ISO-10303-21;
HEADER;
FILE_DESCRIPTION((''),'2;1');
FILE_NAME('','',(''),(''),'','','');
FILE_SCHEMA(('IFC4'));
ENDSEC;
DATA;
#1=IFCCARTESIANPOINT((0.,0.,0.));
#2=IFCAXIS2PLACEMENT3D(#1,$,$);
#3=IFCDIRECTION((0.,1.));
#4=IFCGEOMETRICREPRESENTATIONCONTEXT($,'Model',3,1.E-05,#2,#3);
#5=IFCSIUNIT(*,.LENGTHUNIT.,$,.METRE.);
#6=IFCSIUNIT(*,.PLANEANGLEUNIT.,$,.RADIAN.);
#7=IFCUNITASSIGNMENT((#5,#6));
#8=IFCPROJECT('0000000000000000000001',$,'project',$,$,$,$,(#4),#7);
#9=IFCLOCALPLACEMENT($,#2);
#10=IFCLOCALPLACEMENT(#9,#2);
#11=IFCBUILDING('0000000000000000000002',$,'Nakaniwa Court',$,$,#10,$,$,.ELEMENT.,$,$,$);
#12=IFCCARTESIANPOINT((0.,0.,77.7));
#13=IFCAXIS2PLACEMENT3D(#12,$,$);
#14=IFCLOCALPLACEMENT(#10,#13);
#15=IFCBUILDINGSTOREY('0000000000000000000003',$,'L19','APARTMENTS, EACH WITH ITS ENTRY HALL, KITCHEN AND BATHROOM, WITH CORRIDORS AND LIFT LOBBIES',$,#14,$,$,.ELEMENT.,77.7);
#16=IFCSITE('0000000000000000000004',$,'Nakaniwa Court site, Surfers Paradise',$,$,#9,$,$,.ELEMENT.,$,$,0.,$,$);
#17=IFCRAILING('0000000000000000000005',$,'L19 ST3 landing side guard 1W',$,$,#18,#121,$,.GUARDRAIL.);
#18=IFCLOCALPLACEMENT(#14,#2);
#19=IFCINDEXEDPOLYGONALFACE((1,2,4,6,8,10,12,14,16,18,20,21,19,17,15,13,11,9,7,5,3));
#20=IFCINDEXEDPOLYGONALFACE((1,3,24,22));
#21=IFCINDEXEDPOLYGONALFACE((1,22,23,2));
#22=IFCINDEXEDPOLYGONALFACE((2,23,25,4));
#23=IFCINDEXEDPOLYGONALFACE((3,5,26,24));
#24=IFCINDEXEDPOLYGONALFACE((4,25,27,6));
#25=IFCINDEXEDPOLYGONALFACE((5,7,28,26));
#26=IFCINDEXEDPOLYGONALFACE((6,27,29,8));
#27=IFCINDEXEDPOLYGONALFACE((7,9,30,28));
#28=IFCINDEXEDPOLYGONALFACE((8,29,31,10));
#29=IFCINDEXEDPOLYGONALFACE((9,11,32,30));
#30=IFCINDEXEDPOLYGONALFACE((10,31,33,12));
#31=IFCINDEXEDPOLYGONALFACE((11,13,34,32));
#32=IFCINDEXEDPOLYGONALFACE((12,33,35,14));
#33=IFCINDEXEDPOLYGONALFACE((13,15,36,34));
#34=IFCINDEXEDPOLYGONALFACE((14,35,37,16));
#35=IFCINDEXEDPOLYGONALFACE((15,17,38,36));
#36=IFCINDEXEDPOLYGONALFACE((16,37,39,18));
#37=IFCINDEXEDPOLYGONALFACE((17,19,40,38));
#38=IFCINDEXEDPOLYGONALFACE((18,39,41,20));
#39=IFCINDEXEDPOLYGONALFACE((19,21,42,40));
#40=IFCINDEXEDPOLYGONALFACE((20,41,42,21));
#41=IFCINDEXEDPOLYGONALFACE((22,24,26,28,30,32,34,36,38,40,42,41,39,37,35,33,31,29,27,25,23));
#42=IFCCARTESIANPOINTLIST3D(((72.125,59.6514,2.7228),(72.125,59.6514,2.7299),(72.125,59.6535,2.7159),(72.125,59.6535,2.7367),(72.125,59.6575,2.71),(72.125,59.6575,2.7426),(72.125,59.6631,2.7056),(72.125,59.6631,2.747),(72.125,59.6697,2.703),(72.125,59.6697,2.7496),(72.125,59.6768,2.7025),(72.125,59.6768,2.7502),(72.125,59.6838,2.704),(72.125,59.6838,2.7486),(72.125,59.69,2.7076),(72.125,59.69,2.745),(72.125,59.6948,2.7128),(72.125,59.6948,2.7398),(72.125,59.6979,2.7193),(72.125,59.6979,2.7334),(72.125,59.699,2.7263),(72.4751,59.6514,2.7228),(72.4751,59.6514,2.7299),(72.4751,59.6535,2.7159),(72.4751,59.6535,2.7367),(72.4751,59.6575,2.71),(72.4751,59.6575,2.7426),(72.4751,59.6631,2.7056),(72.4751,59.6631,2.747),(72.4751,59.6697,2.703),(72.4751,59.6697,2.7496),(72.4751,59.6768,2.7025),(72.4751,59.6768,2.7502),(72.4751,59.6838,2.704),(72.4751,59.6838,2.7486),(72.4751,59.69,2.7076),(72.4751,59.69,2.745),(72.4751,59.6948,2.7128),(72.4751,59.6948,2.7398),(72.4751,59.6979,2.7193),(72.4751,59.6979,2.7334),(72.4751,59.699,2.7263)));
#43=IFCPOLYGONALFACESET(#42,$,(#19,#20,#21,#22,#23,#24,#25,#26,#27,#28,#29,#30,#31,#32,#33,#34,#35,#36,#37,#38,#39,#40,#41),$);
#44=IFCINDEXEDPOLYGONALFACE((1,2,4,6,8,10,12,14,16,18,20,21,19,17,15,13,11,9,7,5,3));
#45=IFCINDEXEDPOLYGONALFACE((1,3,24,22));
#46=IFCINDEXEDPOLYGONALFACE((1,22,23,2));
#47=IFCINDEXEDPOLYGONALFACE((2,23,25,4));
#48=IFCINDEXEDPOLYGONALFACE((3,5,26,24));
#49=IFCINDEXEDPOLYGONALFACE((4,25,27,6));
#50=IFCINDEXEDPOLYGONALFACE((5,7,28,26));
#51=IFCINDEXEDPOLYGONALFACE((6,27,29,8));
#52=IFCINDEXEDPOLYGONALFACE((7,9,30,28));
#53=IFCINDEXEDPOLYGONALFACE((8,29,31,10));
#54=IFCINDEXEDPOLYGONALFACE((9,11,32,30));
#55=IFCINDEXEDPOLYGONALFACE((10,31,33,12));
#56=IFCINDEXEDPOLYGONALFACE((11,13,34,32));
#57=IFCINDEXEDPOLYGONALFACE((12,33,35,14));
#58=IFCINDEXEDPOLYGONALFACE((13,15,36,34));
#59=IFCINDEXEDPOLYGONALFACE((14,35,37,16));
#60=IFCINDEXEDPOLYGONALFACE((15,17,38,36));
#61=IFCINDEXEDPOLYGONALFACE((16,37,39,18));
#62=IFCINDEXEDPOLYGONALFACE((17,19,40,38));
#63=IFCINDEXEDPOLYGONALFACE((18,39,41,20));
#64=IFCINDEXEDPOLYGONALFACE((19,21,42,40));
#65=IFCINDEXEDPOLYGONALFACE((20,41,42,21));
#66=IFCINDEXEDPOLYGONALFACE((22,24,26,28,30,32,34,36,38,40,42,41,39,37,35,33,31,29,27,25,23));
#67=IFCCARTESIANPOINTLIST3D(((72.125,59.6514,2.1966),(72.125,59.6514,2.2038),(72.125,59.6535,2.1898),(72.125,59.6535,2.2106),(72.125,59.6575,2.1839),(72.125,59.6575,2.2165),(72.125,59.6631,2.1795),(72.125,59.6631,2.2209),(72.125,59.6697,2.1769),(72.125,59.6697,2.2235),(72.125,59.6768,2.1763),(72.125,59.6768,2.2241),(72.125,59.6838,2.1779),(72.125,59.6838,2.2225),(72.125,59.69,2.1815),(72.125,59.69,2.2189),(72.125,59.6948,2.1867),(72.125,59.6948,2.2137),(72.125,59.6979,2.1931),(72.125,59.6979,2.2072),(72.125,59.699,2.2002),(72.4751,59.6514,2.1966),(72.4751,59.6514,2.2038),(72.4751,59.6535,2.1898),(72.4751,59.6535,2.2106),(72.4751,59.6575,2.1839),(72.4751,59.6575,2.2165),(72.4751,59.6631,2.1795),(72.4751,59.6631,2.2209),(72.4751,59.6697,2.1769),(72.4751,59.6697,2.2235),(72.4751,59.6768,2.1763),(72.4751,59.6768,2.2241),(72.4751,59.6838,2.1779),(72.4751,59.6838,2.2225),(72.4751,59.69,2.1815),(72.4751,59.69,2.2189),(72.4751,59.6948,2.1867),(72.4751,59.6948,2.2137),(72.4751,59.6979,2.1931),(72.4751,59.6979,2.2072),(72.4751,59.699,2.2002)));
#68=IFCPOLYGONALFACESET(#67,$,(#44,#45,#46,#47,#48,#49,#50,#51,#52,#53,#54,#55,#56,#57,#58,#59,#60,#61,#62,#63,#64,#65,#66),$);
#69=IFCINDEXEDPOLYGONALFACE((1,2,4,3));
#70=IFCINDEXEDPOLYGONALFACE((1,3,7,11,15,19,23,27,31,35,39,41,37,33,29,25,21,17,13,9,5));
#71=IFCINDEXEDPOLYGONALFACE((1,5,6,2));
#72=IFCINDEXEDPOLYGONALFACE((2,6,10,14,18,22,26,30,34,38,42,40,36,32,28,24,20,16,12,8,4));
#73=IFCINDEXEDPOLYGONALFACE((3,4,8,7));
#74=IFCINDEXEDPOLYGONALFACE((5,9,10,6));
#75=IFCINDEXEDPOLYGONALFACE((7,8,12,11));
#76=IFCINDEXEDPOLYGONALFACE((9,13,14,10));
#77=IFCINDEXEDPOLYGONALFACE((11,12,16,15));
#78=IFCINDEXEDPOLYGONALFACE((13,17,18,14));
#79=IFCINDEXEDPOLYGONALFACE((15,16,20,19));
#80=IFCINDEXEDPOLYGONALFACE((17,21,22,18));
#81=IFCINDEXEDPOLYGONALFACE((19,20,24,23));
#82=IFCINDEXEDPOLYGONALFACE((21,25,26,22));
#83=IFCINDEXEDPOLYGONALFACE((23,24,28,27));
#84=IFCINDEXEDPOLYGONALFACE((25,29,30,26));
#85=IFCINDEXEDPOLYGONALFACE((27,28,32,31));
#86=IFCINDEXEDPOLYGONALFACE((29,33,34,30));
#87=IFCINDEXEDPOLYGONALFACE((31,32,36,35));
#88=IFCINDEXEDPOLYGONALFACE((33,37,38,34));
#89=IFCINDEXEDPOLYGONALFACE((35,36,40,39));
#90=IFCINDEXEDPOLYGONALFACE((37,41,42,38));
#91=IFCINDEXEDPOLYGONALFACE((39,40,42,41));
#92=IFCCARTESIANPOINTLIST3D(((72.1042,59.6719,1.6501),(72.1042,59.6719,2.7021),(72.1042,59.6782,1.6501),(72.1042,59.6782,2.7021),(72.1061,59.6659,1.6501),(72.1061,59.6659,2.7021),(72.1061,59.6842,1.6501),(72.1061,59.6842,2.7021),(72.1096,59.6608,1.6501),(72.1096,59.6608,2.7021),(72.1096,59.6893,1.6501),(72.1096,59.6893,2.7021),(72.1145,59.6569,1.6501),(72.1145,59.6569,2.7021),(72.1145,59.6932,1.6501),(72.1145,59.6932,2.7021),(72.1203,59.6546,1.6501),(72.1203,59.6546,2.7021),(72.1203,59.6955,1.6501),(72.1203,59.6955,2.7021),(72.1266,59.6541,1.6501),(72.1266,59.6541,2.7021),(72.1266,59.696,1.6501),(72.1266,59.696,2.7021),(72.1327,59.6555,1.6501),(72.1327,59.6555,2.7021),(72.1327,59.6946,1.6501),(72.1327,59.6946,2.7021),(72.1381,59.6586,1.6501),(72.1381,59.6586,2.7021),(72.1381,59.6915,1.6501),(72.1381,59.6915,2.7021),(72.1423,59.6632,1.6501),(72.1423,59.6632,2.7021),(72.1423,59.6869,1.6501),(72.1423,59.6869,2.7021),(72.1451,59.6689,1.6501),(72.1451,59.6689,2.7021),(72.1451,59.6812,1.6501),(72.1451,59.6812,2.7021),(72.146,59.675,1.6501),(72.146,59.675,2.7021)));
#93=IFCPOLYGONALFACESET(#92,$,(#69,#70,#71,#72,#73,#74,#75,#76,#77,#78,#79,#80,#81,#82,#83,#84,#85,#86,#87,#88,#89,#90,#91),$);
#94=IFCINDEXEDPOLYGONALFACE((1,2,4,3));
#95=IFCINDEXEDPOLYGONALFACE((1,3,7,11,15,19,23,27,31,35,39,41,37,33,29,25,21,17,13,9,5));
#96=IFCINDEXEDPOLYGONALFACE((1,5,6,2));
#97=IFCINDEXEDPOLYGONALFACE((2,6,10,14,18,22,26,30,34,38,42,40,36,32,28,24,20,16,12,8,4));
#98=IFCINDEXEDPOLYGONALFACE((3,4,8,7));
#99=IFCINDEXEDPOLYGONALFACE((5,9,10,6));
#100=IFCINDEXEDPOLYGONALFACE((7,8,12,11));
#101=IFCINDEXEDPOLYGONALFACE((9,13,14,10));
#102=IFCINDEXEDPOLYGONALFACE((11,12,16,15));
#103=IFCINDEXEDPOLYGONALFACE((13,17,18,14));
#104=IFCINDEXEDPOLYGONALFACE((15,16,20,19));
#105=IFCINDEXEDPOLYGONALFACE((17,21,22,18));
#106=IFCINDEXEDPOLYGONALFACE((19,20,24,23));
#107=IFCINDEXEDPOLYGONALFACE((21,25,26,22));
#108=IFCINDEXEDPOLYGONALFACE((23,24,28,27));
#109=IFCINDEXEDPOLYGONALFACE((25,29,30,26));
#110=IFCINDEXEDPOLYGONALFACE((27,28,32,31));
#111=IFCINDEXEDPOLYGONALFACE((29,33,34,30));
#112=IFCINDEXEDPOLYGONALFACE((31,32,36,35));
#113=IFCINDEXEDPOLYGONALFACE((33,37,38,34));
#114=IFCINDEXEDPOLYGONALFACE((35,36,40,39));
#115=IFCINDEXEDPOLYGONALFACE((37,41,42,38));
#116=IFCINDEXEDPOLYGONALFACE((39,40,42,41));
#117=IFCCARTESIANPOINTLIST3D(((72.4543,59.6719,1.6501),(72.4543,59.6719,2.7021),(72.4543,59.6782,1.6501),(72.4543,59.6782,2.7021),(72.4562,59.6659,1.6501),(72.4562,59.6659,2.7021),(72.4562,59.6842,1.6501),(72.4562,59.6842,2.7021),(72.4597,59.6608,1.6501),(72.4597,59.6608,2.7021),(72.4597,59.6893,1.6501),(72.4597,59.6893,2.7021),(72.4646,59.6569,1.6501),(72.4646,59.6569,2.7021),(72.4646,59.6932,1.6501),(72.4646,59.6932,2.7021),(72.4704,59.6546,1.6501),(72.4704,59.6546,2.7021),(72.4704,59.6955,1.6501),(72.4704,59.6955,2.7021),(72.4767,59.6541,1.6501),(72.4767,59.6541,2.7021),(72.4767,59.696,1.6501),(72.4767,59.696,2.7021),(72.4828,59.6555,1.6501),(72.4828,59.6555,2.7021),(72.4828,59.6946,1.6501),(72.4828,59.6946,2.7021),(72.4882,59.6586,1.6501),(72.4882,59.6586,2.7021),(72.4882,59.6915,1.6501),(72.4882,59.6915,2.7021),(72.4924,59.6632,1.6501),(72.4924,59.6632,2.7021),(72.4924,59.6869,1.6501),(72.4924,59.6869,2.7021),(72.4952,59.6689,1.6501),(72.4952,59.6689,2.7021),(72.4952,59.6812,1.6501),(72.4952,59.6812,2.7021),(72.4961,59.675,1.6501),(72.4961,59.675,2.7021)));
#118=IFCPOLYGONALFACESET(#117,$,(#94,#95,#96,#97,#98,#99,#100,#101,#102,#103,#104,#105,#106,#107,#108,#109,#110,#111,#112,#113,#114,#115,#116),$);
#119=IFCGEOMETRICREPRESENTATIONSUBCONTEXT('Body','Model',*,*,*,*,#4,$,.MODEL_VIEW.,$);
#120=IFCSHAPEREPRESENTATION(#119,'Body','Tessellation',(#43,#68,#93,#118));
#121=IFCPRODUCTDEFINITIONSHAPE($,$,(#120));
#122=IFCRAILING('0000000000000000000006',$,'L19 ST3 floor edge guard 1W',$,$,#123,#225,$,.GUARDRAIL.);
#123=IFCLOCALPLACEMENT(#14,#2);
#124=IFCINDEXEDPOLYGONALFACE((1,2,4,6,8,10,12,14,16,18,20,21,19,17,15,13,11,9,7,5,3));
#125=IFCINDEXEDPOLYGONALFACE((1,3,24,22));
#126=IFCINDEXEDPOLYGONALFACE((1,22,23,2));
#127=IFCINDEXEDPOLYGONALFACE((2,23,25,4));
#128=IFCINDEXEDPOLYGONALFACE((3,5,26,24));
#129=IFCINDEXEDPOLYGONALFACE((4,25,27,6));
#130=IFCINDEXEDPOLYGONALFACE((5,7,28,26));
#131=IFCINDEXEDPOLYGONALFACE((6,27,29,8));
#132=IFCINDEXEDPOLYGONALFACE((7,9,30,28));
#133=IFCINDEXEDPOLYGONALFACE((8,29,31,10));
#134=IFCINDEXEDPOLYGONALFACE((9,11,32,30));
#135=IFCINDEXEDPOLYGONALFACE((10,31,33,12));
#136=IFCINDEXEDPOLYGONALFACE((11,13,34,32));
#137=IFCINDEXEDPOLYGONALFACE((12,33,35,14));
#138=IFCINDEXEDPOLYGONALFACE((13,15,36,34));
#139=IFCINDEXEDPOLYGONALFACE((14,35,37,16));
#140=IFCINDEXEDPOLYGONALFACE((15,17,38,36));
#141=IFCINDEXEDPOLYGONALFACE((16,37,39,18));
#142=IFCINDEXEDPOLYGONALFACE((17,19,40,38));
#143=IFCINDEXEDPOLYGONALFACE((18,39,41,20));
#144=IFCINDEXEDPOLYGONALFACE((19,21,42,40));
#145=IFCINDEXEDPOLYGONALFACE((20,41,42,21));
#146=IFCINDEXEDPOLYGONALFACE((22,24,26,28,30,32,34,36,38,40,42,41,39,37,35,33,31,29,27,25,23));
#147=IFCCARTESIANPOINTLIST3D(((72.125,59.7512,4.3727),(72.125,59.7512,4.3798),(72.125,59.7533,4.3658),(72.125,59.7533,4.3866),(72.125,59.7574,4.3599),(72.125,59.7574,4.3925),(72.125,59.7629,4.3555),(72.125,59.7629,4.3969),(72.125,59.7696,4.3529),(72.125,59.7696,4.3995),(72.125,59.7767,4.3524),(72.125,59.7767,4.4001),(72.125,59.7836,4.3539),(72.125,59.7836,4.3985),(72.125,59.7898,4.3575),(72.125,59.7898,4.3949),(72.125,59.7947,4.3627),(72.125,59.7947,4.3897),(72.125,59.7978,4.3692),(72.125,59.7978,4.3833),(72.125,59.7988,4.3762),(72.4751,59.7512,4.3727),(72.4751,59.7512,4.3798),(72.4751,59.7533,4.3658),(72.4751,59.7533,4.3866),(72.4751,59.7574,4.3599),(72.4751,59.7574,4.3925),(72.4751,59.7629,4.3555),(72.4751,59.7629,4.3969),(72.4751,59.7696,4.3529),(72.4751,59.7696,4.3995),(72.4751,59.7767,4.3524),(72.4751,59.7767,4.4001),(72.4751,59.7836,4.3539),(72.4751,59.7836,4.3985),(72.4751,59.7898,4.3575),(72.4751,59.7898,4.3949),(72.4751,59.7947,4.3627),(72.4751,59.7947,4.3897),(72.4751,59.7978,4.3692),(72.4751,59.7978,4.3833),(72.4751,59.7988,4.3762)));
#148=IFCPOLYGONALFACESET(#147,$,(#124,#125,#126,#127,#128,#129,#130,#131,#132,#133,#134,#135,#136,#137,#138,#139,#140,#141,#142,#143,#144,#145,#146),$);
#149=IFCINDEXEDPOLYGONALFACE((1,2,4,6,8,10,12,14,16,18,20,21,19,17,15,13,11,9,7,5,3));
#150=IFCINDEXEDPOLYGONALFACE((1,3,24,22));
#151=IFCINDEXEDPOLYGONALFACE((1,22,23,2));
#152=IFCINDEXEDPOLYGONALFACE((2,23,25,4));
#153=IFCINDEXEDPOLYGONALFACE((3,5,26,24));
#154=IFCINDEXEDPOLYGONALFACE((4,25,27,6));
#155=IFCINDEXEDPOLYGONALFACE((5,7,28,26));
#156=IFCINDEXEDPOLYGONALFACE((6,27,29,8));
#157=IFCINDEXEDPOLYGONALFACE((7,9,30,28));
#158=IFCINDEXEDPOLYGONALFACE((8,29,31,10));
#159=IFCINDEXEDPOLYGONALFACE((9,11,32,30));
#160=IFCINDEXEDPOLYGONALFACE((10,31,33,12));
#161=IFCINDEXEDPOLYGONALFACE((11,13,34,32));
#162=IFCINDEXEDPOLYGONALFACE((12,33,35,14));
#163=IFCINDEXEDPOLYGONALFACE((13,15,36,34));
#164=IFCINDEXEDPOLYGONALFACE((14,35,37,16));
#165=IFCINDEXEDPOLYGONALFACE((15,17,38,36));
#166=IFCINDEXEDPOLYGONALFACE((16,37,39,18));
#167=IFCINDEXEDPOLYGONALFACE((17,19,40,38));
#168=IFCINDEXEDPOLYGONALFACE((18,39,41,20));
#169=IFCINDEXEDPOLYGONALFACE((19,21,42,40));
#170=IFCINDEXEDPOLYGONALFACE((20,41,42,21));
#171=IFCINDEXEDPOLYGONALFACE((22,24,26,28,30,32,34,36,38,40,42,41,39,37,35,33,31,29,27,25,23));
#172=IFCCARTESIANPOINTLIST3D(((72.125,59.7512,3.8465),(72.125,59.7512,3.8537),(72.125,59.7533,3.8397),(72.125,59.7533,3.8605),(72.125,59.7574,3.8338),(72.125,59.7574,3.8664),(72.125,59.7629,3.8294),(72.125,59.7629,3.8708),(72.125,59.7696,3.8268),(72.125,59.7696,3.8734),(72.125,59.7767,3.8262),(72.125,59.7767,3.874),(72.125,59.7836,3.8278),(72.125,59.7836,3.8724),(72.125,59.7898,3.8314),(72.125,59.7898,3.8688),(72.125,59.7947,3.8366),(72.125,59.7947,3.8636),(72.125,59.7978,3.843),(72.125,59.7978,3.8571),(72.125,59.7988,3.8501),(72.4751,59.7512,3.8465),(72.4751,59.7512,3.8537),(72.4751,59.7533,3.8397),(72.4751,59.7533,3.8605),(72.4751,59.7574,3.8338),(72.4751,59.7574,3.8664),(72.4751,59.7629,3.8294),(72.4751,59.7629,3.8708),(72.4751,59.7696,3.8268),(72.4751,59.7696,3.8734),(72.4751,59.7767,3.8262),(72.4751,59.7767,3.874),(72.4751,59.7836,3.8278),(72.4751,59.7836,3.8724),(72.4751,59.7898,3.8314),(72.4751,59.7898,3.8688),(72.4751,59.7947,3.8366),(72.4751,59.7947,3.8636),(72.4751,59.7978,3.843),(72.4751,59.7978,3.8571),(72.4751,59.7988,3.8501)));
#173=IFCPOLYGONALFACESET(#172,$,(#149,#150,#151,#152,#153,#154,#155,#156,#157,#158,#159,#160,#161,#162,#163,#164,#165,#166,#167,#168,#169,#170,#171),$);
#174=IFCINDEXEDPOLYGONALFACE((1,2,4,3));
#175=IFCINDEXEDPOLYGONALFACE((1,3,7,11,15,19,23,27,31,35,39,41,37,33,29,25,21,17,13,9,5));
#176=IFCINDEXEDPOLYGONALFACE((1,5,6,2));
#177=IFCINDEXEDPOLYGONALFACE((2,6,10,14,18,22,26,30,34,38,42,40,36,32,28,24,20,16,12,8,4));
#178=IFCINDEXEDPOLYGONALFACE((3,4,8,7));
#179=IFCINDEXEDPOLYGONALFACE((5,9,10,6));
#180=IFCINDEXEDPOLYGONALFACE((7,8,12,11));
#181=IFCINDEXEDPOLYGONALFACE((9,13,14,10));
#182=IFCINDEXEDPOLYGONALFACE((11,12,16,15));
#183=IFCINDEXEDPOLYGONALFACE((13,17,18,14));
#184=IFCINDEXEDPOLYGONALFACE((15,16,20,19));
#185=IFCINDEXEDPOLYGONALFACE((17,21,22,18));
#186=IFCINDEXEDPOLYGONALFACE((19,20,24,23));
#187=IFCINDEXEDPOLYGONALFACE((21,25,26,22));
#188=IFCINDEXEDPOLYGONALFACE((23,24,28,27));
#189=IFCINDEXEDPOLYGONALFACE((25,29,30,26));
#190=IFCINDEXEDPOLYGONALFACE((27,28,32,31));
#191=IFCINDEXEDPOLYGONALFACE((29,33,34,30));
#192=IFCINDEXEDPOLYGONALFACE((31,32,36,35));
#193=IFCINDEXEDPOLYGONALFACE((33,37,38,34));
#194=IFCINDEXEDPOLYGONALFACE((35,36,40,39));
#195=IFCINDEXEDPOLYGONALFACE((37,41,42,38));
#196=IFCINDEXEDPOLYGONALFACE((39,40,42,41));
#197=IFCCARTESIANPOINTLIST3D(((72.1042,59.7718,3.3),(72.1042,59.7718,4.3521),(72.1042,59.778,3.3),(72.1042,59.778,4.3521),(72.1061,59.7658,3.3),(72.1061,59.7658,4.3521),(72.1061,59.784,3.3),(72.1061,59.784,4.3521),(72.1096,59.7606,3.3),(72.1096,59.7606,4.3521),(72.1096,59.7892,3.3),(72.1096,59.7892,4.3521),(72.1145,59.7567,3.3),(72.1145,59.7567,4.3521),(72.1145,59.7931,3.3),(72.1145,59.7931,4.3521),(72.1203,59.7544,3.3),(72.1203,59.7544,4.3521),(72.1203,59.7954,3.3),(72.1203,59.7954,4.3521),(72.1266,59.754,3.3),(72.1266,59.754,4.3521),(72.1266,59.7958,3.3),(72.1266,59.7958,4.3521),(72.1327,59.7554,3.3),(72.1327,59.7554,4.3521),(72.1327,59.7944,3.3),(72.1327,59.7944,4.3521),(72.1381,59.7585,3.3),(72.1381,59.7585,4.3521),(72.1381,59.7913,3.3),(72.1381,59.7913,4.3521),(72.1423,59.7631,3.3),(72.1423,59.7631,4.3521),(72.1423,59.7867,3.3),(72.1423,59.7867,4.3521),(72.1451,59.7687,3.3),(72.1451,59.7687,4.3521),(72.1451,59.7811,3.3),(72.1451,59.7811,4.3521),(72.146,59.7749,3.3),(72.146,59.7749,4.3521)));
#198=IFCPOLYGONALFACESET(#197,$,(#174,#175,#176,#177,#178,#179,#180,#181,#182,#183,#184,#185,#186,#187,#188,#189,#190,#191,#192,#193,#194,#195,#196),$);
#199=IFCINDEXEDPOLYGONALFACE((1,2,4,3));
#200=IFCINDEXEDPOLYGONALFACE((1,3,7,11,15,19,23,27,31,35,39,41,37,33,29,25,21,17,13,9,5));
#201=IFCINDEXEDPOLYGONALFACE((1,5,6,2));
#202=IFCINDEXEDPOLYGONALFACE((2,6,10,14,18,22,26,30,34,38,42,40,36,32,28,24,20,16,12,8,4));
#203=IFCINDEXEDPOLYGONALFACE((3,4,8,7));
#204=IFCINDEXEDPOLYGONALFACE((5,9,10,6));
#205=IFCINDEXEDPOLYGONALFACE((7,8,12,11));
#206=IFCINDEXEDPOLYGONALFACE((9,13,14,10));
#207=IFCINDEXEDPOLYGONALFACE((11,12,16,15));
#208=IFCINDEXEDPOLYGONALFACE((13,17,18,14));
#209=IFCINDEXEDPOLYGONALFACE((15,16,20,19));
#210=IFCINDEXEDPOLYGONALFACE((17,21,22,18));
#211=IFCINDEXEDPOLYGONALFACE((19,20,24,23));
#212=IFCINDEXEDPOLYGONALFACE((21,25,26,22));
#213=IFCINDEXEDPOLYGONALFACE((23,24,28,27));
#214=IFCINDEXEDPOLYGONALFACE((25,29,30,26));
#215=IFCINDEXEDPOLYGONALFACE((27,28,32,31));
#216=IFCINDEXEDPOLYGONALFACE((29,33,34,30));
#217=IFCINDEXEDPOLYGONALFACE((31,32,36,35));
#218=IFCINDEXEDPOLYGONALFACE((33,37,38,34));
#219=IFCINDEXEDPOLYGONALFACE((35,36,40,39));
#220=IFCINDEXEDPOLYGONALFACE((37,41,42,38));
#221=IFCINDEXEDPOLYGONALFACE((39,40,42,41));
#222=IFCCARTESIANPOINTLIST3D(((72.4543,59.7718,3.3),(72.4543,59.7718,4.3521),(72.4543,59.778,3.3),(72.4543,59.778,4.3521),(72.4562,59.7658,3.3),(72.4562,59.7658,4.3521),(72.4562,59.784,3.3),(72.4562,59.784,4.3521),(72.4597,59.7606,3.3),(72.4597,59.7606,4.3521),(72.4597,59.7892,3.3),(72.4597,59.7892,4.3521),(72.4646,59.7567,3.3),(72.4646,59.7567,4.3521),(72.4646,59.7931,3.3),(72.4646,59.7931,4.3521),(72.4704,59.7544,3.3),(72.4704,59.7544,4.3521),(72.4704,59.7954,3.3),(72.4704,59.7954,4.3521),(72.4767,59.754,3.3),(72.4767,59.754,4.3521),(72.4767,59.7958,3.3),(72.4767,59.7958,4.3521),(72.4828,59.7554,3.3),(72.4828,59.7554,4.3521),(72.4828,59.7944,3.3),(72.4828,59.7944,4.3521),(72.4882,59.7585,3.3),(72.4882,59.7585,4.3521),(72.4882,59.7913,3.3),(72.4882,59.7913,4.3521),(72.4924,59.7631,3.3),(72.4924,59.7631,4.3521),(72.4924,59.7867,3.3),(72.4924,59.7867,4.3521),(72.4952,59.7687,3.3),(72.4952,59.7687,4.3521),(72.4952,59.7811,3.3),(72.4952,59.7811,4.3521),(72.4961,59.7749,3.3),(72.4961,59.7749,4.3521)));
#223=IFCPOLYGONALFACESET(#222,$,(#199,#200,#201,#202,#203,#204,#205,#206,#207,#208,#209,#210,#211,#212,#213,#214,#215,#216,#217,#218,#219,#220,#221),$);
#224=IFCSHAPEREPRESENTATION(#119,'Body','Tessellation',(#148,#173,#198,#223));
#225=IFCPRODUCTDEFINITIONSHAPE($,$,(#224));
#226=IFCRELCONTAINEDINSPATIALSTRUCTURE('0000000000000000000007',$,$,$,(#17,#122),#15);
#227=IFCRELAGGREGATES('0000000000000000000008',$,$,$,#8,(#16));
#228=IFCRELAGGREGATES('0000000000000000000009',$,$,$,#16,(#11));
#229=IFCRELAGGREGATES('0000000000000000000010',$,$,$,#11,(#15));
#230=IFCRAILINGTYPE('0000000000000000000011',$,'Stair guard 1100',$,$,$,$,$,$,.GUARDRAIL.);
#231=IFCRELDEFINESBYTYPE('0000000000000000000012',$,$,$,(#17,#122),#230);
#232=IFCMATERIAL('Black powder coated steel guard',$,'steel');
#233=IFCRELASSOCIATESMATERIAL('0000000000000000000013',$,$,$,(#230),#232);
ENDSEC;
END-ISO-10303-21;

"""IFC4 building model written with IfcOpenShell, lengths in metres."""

from ifc_helpers import new_model, si_unit, direction, frame, origin, origin_2d, place, context, subcontext, project, spatial, circle, extrude, material, type_object, element, save


model = new_model("IFC4")

# Units and contexts
model_context = context("Model", 3, precision=1e-05, world=origin(), true_north=direction((0.0, 1.0)))
body_context = subcontext(model_context, "Body", "Model", "MODEL_VIEW")
ifc_project = project(units=[si_unit("LENGTHUNIT", "METRE"), si_unit("PLANEANGLEUNIT", "RADIAN")], contexts=[model_context])

# Site, building, storey
site_placement = place(None, origin())
site = spatial("IfcSite", under=ifc_project, at=site_placement, Name="Nakaniwa Court site, Surfers Paradise", CompositionType="ELEMENT", RefElevation=0.0)
building_placement = place(site_placement, origin())
building = spatial("IfcBuilding", under=site, at=building_placement, Name="Nakaniwa Court", CompositionType="ELEMENT")
storey_placement = place(building_placement, frame((0.0, 0.0, 77.7)))
storey = spatial("IfcBuildingStorey", under=building, at=storey_placement, Name="L19", Description="APARTMENTS, EACH WITH ITS ENTRY HALL, KITCHEN AND BATHROOM, WITH CORRIDORS AND LIFT LOBBIES", CompositionType="ELEMENT", Elevation=77.7)

# Railings
ifc_material_1 = material(Name="Black powder coated steel guard", Category="steel")
railing_type_1 = type_object("IfcRailingType", Name="Stair guard 1100", PredefinedType="GUARDRAIL", material=ifc_material_1)
for number, where, name in (
    (1, (72.125, 59.675, 1.6501), "L19 ST3 landing side guard 1W"),
    (2, (72.125, 59.7749, 3.3), "L19 ST3 floor edge guard 1W"),
):
    element("IfcRailing", number, at=place(storey_placement, frame(where)), inside=storey, type_object=railing_type_1, Name=name, PredefinedType="GUARDRAIL", context=body_context, shape_type="SweptSolid", body=[
        extrude(circle(Radius=0.0239, at=origin_2d()), frame((0.0, 0.0, 1.0762), z_axis=(1.0, 0.0, 0.0), x_axis=(0.0, 1.0, 0.0)), (0.0, 0.0, 1.0), 0.3501),
        extrude(circle(Radius=0.0239, at=origin_2d()), frame((0.0, 0.0, 0.55), z_axis=(1.0, 0.0, 0.0), x_axis=(0.0, 1.0, 0.0)), (0.0, 0.0, 1.0), 0.3501),
        extrude(circle(Radius=0.021, at=origin_2d()), origin(), (0.0, 0.0, 1.0), 1.052),
        extrude(circle(Radius=0.021, at=origin_2d()), frame((0.3501, 0.0, 0.0)), (0.0, 0.0, 1.0), 1.052),
    ])

save(model, "model.ifc")
